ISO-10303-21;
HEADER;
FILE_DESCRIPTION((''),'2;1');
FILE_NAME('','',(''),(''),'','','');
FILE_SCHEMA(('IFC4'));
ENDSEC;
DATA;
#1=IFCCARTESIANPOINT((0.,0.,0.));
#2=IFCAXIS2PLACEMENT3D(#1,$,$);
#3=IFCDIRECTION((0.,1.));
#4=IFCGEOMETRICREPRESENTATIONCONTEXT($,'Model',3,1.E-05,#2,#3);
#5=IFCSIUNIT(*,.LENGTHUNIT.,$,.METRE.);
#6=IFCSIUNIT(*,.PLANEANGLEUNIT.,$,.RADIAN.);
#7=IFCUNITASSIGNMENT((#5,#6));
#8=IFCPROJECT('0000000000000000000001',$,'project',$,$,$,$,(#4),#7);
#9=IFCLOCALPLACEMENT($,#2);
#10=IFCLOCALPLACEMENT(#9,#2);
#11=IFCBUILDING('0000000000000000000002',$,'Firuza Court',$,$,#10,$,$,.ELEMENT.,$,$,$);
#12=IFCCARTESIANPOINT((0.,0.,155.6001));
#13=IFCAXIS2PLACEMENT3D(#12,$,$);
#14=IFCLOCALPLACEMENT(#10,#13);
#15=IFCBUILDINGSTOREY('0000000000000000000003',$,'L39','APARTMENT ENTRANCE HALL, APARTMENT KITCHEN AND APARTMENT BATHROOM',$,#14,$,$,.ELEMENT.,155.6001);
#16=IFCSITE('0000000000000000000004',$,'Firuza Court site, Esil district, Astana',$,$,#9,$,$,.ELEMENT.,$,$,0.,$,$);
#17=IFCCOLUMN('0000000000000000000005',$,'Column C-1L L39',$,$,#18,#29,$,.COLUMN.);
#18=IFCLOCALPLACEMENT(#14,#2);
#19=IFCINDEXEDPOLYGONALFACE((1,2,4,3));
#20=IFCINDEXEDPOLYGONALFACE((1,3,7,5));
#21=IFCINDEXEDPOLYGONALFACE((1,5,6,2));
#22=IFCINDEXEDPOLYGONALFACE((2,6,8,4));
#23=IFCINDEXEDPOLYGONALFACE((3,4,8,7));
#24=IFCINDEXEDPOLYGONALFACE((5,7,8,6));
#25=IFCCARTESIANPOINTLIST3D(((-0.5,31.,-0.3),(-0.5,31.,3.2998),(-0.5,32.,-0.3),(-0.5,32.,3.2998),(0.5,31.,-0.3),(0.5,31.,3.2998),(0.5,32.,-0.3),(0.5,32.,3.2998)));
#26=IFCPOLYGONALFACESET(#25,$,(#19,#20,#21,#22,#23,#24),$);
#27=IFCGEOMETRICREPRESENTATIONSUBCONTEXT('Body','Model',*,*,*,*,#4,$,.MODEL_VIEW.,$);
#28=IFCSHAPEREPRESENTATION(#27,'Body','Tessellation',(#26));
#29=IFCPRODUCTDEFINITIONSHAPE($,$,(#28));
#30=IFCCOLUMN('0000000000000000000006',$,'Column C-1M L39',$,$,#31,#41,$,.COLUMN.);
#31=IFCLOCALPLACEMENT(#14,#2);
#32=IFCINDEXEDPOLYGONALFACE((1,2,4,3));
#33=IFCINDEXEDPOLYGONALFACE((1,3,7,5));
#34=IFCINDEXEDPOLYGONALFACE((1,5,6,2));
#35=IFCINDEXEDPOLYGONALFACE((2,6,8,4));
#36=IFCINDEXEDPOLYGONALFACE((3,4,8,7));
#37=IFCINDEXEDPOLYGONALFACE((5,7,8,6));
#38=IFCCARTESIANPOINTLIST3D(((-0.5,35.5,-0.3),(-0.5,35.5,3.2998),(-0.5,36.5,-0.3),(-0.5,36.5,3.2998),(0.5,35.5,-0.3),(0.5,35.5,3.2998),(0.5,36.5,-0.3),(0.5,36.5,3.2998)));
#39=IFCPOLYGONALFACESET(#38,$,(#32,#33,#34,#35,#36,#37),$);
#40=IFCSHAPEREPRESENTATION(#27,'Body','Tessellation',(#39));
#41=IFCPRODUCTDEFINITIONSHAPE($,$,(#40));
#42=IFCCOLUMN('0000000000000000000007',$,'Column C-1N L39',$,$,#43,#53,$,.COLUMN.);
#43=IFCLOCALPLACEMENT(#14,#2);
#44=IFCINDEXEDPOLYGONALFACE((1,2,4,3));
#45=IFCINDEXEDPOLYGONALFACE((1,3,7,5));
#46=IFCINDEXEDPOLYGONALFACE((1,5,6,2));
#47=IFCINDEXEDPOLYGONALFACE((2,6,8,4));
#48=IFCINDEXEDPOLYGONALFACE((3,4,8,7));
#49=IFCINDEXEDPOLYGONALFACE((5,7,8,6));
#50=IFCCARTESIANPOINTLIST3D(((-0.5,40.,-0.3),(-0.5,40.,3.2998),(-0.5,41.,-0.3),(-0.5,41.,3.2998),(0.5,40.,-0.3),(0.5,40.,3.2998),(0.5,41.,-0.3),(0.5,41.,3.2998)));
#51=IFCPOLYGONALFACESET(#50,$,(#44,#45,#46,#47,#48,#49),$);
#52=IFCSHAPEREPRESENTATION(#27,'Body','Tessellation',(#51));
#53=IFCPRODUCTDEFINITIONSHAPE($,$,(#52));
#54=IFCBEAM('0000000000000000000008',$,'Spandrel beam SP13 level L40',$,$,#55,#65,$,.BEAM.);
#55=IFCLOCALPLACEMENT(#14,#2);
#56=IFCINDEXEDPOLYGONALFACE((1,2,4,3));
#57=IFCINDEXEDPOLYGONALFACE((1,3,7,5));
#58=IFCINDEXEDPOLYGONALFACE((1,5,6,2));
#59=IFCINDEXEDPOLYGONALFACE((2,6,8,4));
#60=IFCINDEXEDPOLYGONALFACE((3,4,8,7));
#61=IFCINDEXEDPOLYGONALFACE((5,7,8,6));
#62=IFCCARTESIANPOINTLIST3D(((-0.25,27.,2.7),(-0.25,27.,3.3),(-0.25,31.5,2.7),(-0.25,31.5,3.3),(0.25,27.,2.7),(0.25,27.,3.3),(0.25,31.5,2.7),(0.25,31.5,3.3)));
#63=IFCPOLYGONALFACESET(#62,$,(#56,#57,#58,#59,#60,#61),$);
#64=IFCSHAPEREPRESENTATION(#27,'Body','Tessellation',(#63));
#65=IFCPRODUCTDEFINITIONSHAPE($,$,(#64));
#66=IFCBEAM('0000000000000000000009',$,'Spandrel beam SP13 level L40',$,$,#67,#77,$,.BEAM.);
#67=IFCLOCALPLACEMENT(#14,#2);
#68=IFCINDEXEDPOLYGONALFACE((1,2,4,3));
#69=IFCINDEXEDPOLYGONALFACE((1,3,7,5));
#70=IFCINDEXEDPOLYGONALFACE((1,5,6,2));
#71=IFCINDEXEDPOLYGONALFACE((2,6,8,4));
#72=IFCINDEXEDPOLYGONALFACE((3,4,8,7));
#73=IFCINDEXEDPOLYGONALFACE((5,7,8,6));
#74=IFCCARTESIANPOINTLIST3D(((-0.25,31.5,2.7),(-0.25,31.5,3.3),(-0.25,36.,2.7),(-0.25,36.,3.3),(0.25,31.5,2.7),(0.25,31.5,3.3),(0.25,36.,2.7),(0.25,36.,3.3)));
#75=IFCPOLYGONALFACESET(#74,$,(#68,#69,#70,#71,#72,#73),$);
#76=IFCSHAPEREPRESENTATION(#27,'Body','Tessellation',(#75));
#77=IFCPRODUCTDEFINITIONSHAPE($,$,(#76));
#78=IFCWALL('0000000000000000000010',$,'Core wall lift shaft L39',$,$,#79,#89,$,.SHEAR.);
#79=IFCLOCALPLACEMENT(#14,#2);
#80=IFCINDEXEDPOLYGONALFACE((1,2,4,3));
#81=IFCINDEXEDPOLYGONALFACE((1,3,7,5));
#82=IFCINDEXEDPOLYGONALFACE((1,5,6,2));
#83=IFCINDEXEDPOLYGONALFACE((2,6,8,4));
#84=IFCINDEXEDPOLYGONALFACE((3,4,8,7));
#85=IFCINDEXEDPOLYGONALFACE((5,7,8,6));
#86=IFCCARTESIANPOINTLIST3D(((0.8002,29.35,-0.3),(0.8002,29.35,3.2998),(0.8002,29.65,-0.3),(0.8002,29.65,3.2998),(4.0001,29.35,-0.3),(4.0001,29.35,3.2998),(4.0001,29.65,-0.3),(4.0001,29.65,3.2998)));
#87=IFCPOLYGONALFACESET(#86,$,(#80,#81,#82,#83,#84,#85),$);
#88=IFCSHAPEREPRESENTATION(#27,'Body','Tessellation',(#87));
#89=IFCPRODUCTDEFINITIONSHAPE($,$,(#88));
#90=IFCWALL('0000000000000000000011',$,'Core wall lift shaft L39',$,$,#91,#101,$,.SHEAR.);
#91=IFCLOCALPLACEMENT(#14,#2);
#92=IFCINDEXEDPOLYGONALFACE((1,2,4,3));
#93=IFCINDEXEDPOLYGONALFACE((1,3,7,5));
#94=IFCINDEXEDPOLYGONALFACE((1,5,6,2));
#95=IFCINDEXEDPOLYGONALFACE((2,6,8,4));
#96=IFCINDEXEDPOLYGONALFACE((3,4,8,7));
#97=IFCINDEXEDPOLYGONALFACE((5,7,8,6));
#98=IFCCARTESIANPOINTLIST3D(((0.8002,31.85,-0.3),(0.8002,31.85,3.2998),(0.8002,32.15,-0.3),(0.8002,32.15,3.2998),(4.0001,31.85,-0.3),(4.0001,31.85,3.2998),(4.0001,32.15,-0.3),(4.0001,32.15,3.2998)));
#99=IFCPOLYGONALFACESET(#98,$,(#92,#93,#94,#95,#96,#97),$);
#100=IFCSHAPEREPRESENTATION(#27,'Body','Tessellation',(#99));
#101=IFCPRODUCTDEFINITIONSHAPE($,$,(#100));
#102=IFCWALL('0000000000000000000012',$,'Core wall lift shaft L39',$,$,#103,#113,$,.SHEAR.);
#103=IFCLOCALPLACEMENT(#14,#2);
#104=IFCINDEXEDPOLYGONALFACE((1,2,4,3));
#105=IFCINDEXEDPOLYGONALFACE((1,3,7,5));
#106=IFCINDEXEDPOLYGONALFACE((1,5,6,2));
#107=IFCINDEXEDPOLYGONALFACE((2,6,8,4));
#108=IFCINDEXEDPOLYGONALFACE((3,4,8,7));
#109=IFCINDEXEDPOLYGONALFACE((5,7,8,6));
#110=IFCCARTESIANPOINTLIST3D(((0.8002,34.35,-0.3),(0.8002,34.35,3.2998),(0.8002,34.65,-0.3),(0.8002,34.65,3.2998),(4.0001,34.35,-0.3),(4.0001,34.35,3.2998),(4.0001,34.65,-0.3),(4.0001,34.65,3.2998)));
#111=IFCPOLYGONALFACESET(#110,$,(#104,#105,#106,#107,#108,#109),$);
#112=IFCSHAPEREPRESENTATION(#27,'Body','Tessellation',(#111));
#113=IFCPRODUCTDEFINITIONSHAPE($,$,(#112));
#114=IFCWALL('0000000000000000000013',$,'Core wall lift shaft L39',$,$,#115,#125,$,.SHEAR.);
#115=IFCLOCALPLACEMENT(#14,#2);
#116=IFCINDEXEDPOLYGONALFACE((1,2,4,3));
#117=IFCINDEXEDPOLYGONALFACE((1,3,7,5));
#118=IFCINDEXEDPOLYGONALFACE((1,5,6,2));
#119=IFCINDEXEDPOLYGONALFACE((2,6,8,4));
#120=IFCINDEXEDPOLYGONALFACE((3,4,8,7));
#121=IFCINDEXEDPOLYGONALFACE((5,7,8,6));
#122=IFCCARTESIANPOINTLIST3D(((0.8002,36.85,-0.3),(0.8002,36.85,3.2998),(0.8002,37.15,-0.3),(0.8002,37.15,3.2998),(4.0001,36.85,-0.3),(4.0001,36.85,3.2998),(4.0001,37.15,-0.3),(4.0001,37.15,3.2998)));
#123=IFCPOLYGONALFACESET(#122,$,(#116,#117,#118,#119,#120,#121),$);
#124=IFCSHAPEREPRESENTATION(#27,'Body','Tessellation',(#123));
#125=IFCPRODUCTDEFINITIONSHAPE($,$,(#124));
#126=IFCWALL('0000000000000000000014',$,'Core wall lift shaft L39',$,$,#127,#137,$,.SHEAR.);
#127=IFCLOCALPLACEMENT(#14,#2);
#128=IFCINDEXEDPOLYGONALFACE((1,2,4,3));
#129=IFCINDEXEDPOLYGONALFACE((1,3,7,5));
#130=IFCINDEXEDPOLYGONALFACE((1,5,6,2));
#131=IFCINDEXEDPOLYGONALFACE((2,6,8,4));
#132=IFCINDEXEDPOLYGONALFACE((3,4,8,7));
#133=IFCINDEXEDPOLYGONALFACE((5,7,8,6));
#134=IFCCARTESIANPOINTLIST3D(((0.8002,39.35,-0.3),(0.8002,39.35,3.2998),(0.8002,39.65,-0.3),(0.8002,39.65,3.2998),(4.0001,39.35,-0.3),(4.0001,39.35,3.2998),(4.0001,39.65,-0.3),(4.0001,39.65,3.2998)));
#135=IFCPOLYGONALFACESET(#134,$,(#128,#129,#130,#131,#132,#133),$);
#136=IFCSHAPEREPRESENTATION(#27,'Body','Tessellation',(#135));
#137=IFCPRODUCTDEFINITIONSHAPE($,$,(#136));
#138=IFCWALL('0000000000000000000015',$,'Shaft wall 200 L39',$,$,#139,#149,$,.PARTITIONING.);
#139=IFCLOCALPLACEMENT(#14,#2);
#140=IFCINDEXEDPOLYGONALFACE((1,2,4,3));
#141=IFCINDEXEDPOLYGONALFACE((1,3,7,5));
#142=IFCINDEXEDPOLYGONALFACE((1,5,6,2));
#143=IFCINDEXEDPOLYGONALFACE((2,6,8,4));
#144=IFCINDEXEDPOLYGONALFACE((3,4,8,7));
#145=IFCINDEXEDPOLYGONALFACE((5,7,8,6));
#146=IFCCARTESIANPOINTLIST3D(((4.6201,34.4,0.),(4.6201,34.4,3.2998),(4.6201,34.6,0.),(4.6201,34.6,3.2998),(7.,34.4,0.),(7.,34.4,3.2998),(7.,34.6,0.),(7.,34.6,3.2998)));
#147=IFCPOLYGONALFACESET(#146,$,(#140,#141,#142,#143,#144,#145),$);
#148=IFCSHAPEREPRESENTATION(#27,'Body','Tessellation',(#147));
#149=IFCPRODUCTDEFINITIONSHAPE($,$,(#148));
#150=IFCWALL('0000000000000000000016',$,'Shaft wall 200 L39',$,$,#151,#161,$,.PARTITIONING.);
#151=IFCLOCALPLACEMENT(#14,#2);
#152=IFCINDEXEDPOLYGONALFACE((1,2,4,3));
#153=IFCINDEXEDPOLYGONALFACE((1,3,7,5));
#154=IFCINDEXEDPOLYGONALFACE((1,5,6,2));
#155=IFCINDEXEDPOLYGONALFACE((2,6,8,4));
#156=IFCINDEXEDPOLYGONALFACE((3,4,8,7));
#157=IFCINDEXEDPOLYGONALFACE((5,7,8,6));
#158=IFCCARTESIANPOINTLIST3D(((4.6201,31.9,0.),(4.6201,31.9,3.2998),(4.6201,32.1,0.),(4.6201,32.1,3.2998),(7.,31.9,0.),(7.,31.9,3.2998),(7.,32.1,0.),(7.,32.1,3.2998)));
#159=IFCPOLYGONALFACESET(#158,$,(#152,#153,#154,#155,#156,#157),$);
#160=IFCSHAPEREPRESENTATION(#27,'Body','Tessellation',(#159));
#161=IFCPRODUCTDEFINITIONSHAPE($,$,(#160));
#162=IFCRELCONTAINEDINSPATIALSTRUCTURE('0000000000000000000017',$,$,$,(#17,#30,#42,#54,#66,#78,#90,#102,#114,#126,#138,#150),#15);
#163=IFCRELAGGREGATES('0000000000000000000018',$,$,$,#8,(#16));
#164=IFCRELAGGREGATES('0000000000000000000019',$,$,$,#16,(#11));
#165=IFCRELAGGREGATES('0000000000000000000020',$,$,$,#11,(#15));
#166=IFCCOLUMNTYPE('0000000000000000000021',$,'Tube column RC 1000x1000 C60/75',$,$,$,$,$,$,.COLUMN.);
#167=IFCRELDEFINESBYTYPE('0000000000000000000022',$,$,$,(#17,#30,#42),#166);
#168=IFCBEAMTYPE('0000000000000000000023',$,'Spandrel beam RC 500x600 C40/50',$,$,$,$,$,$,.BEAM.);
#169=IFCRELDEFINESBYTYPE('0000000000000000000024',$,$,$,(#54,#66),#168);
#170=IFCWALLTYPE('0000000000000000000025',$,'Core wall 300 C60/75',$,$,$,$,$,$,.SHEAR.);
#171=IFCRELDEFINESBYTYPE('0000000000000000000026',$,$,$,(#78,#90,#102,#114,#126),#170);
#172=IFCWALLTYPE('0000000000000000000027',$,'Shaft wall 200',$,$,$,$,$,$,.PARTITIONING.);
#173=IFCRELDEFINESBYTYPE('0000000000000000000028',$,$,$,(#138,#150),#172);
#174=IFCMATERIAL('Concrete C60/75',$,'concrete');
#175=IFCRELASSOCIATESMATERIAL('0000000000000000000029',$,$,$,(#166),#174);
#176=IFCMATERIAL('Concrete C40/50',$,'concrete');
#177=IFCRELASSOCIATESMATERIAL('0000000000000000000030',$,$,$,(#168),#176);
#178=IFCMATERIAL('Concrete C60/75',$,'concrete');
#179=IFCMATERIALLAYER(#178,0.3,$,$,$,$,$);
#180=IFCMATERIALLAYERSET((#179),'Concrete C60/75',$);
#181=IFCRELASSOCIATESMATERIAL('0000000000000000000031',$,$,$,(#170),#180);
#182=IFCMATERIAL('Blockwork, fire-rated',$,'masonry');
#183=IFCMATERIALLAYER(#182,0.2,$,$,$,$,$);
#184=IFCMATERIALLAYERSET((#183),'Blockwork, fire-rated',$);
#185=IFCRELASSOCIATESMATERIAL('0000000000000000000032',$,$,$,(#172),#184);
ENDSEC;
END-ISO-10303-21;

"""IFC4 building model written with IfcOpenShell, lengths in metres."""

from ifc_helpers import new_model, si_unit, direction, frame, frame_2d, origin, origin_2d, place, context, subcontext, project, spatial, rectangle, extrude, material, layer, layer_set, material_profile, profile_set, type_object, element, save


model = new_model("IFC4")

# Units and contexts
model_context = context("Model", 3, precision=1e-05, world=origin(), true_north=direction((0.0, 1.0)))
body_context = subcontext(model_context, "Body", "Model", "MODEL_VIEW")
ifc_project = project(units=[si_unit("LENGTHUNIT", "METRE"), si_unit("PLANEANGLEUNIT", "RADIAN")], contexts=[model_context])

# Site, building, storey
site_placement = place(None, origin())
site = spatial("IfcSite", under=ifc_project, at=site_placement, Name="Firuza Court site, Esil district, Astana", CompositionType="ELEMENT", RefElevation=0.0)
building_placement = place(site_placement, origin())
building = spatial("IfcBuilding", under=site, at=building_placement, Name="Firuza Court", CompositionType="ELEMENT")
storey_placement = place(building_placement, frame((0.0, 0.0, 155.6001)))
storey = spatial("IfcBuildingStorey", under=building, at=storey_placement, Name="L39", Description="APARTMENT ENTRANCE HALL, APARTMENT KITCHEN AND APARTMENT BATHROOM", CompositionType="ELEMENT", Elevation=155.6001)

# Columns
ifc_material_1 = material(Name="Concrete C60/75", Category="concrete")
ifc_material_profile_1 = material_profile(ifc_material_1, rectangle(XDim=1.0, YDim=1.0, at=origin_2d()), Name="RC 1000x1000")
ifc_profile_set_1 = profile_set([ifc_material_profile_1], Name="Concrete C60/75")
column_type = type_object("IfcColumnType", Name="Tube column RC 1000x1000 C60/75", PredefinedType="COLUMN", material=ifc_profile_set_1)
for number, where, z_axis, x_axis, name in (
    (1, (0.0, 31.5, -0.3), (0.0, 0.0, 1.0), (1.0, 0.0, 0.0), "Column C-1L L39"),
    (2, (0.0, 36.0, -0.3), (0.0, 0.0, 1.0), (1.0, 0.0, 0.0), "Column C-1M L39"),
    (3, (0.0, 40.5, -0.3), (0.0, 0.0, 1.0), (1.0, 0.0, 0.0), "Column C-1N L39"),
):
    element("IfcColumn", number, at=place(storey_placement, frame(where, z_axis=z_axis, x_axis=x_axis)), inside=storey, type_object=column_type, Name=name, PredefinedType="COLUMN", context=body_context, shape_type="SweptSolid", body=[
        extrude(rectangle(XDim=1.0, YDim=1.0, at=origin_2d()), origin(), (0.0, 0.0, 1.0), 3.5999),
    ])

# Beams
ifc_material_2 = material(Name="Concrete C40/50", Category="concrete")
ifc_material_profile_2 = material_profile(ifc_material_2, rectangle(XDim=0.5, YDim=0.6001, at=origin_2d()), Name="RC 500x600")
ifc_profile_set_2 = profile_set([ifc_material_profile_2], Name="Concrete C40/50")
beam_type = type_object("IfcBeamType", Name="Spandrel beam RC 500x600 C40/50", PredefinedType="BEAM", material=ifc_profile_set_2)
for number, where, z_axis, x_axis, name in (
    (4, (0.0, 31.5, 3.0), (0.0, -1.0, 0.0), (1.0, 0.0, 0.0), "Spandrel beam SP13 level L40"),
    (5, (0.0, 36.0, 3.0), (0.0, -1.0, 0.0), (1.0, 0.0, 0.0), "Spandrel beam SP13 level L40"),
):
    element("IfcBeam", number, at=place(storey_placement, frame(where, z_axis=z_axis, x_axis=x_axis)), inside=storey, type_object=beam_type, Name=name, PredefinedType="BEAM", context=body_context, shape_type="SweptSolid", body=[
        extrude(rectangle(XDim=0.5, YDim=0.6001, at=origin_2d()), origin(), (0.0, 0.0, 1.0), 4.5),
    ])

# Walls
ifc_material_3 = material(Name="Concrete C60/75", Category="concrete")
ifc_layer_1 = layer(ifc_material_3, 0.3)
ifc_layer_set_1 = layer_set([ifc_layer_1], Name="Concrete C60/75")
wall_type_1 = type_object("IfcWallType", Name="Core wall 300 C60/75", PredefinedType="SHEAR", material=ifc_layer_set_1)
for number, where, z_axis, x_axis, name in (
    (6, (0.8, 29.5, -0.3), (0.0, 0.0, 1.0), (1.0, 0.0, 0.0), "Core wall lift shaft L39"),
    (7, (0.8, 32.0, -0.3), (0.0, 0.0, 1.0), (1.0, 0.0, 0.0), "Core wall lift shaft L39"),
    (8, (0.8, 34.5, -0.3), (0.0, 0.0, 1.0), (1.0, 0.0, 0.0), "Core wall lift shaft L39"),
    (9, (0.8, 37.0, -0.3), (0.0, 0.0, 1.0), (1.0, 0.0, 0.0), "Core wall lift shaft L39"),
    (10, (0.8, 39.5, -0.3), (0.0, 0.0, 1.0), (1.0, 0.0, 0.0), "Core wall lift shaft L39"),
):
    element("IfcWall", number, at=place(storey_placement, frame(where, z_axis=z_axis, x_axis=x_axis)), inside=storey, type_object=wall_type_1, Name=name, PredefinedType="SHEAR", context=body_context, shape_type="SweptSolid", body=[
        extrude(rectangle(XDim=3.2, YDim=0.3, at=frame_2d((1.6001, 0.0))), origin(), (0.0, 0.0, 1.0), 3.5999),
    ])
ifc_material_4 = material(Name="Blockwork, fire-rated", Category="masonry")
ifc_layer_2 = layer(ifc_material_4, 0.2)
ifc_layer_set_2 = layer_set([ifc_layer_2], Name="Blockwork, fire-rated")
wall_type_2 = type_object("IfcWallType", Name="Shaft wall 200", PredefinedType="PARTITIONING", material=ifc_layer_set_2)
for number, where, z_axis, x_axis, name in (
    (11, (4.6201, 34.5, 0.0), (0.0, 0.0, 1.0), (1.0, 0.0, 0.0), "Shaft wall 200 L39"),
    (12, (4.6201, 32.0, 0.0), (0.0, 0.0, 1.0), (1.0, 0.0, 0.0), "Shaft wall 200 L39"),
):
    element("IfcWall", number, at=place(storey_placement, frame(where, z_axis=z_axis, x_axis=x_axis)), inside=storey, type_object=wall_type_2, Name=name, PredefinedType="PARTITIONING", context=body_context, shape_type="SweptSolid", body=[
        extrude(rectangle(XDim=2.3799, YDim=0.2, at=frame_2d((1.1899, 0.0))), origin(), (0.0, 0.0, 1.0), 3.2998),
    ])

save(model, "model.ifc")
